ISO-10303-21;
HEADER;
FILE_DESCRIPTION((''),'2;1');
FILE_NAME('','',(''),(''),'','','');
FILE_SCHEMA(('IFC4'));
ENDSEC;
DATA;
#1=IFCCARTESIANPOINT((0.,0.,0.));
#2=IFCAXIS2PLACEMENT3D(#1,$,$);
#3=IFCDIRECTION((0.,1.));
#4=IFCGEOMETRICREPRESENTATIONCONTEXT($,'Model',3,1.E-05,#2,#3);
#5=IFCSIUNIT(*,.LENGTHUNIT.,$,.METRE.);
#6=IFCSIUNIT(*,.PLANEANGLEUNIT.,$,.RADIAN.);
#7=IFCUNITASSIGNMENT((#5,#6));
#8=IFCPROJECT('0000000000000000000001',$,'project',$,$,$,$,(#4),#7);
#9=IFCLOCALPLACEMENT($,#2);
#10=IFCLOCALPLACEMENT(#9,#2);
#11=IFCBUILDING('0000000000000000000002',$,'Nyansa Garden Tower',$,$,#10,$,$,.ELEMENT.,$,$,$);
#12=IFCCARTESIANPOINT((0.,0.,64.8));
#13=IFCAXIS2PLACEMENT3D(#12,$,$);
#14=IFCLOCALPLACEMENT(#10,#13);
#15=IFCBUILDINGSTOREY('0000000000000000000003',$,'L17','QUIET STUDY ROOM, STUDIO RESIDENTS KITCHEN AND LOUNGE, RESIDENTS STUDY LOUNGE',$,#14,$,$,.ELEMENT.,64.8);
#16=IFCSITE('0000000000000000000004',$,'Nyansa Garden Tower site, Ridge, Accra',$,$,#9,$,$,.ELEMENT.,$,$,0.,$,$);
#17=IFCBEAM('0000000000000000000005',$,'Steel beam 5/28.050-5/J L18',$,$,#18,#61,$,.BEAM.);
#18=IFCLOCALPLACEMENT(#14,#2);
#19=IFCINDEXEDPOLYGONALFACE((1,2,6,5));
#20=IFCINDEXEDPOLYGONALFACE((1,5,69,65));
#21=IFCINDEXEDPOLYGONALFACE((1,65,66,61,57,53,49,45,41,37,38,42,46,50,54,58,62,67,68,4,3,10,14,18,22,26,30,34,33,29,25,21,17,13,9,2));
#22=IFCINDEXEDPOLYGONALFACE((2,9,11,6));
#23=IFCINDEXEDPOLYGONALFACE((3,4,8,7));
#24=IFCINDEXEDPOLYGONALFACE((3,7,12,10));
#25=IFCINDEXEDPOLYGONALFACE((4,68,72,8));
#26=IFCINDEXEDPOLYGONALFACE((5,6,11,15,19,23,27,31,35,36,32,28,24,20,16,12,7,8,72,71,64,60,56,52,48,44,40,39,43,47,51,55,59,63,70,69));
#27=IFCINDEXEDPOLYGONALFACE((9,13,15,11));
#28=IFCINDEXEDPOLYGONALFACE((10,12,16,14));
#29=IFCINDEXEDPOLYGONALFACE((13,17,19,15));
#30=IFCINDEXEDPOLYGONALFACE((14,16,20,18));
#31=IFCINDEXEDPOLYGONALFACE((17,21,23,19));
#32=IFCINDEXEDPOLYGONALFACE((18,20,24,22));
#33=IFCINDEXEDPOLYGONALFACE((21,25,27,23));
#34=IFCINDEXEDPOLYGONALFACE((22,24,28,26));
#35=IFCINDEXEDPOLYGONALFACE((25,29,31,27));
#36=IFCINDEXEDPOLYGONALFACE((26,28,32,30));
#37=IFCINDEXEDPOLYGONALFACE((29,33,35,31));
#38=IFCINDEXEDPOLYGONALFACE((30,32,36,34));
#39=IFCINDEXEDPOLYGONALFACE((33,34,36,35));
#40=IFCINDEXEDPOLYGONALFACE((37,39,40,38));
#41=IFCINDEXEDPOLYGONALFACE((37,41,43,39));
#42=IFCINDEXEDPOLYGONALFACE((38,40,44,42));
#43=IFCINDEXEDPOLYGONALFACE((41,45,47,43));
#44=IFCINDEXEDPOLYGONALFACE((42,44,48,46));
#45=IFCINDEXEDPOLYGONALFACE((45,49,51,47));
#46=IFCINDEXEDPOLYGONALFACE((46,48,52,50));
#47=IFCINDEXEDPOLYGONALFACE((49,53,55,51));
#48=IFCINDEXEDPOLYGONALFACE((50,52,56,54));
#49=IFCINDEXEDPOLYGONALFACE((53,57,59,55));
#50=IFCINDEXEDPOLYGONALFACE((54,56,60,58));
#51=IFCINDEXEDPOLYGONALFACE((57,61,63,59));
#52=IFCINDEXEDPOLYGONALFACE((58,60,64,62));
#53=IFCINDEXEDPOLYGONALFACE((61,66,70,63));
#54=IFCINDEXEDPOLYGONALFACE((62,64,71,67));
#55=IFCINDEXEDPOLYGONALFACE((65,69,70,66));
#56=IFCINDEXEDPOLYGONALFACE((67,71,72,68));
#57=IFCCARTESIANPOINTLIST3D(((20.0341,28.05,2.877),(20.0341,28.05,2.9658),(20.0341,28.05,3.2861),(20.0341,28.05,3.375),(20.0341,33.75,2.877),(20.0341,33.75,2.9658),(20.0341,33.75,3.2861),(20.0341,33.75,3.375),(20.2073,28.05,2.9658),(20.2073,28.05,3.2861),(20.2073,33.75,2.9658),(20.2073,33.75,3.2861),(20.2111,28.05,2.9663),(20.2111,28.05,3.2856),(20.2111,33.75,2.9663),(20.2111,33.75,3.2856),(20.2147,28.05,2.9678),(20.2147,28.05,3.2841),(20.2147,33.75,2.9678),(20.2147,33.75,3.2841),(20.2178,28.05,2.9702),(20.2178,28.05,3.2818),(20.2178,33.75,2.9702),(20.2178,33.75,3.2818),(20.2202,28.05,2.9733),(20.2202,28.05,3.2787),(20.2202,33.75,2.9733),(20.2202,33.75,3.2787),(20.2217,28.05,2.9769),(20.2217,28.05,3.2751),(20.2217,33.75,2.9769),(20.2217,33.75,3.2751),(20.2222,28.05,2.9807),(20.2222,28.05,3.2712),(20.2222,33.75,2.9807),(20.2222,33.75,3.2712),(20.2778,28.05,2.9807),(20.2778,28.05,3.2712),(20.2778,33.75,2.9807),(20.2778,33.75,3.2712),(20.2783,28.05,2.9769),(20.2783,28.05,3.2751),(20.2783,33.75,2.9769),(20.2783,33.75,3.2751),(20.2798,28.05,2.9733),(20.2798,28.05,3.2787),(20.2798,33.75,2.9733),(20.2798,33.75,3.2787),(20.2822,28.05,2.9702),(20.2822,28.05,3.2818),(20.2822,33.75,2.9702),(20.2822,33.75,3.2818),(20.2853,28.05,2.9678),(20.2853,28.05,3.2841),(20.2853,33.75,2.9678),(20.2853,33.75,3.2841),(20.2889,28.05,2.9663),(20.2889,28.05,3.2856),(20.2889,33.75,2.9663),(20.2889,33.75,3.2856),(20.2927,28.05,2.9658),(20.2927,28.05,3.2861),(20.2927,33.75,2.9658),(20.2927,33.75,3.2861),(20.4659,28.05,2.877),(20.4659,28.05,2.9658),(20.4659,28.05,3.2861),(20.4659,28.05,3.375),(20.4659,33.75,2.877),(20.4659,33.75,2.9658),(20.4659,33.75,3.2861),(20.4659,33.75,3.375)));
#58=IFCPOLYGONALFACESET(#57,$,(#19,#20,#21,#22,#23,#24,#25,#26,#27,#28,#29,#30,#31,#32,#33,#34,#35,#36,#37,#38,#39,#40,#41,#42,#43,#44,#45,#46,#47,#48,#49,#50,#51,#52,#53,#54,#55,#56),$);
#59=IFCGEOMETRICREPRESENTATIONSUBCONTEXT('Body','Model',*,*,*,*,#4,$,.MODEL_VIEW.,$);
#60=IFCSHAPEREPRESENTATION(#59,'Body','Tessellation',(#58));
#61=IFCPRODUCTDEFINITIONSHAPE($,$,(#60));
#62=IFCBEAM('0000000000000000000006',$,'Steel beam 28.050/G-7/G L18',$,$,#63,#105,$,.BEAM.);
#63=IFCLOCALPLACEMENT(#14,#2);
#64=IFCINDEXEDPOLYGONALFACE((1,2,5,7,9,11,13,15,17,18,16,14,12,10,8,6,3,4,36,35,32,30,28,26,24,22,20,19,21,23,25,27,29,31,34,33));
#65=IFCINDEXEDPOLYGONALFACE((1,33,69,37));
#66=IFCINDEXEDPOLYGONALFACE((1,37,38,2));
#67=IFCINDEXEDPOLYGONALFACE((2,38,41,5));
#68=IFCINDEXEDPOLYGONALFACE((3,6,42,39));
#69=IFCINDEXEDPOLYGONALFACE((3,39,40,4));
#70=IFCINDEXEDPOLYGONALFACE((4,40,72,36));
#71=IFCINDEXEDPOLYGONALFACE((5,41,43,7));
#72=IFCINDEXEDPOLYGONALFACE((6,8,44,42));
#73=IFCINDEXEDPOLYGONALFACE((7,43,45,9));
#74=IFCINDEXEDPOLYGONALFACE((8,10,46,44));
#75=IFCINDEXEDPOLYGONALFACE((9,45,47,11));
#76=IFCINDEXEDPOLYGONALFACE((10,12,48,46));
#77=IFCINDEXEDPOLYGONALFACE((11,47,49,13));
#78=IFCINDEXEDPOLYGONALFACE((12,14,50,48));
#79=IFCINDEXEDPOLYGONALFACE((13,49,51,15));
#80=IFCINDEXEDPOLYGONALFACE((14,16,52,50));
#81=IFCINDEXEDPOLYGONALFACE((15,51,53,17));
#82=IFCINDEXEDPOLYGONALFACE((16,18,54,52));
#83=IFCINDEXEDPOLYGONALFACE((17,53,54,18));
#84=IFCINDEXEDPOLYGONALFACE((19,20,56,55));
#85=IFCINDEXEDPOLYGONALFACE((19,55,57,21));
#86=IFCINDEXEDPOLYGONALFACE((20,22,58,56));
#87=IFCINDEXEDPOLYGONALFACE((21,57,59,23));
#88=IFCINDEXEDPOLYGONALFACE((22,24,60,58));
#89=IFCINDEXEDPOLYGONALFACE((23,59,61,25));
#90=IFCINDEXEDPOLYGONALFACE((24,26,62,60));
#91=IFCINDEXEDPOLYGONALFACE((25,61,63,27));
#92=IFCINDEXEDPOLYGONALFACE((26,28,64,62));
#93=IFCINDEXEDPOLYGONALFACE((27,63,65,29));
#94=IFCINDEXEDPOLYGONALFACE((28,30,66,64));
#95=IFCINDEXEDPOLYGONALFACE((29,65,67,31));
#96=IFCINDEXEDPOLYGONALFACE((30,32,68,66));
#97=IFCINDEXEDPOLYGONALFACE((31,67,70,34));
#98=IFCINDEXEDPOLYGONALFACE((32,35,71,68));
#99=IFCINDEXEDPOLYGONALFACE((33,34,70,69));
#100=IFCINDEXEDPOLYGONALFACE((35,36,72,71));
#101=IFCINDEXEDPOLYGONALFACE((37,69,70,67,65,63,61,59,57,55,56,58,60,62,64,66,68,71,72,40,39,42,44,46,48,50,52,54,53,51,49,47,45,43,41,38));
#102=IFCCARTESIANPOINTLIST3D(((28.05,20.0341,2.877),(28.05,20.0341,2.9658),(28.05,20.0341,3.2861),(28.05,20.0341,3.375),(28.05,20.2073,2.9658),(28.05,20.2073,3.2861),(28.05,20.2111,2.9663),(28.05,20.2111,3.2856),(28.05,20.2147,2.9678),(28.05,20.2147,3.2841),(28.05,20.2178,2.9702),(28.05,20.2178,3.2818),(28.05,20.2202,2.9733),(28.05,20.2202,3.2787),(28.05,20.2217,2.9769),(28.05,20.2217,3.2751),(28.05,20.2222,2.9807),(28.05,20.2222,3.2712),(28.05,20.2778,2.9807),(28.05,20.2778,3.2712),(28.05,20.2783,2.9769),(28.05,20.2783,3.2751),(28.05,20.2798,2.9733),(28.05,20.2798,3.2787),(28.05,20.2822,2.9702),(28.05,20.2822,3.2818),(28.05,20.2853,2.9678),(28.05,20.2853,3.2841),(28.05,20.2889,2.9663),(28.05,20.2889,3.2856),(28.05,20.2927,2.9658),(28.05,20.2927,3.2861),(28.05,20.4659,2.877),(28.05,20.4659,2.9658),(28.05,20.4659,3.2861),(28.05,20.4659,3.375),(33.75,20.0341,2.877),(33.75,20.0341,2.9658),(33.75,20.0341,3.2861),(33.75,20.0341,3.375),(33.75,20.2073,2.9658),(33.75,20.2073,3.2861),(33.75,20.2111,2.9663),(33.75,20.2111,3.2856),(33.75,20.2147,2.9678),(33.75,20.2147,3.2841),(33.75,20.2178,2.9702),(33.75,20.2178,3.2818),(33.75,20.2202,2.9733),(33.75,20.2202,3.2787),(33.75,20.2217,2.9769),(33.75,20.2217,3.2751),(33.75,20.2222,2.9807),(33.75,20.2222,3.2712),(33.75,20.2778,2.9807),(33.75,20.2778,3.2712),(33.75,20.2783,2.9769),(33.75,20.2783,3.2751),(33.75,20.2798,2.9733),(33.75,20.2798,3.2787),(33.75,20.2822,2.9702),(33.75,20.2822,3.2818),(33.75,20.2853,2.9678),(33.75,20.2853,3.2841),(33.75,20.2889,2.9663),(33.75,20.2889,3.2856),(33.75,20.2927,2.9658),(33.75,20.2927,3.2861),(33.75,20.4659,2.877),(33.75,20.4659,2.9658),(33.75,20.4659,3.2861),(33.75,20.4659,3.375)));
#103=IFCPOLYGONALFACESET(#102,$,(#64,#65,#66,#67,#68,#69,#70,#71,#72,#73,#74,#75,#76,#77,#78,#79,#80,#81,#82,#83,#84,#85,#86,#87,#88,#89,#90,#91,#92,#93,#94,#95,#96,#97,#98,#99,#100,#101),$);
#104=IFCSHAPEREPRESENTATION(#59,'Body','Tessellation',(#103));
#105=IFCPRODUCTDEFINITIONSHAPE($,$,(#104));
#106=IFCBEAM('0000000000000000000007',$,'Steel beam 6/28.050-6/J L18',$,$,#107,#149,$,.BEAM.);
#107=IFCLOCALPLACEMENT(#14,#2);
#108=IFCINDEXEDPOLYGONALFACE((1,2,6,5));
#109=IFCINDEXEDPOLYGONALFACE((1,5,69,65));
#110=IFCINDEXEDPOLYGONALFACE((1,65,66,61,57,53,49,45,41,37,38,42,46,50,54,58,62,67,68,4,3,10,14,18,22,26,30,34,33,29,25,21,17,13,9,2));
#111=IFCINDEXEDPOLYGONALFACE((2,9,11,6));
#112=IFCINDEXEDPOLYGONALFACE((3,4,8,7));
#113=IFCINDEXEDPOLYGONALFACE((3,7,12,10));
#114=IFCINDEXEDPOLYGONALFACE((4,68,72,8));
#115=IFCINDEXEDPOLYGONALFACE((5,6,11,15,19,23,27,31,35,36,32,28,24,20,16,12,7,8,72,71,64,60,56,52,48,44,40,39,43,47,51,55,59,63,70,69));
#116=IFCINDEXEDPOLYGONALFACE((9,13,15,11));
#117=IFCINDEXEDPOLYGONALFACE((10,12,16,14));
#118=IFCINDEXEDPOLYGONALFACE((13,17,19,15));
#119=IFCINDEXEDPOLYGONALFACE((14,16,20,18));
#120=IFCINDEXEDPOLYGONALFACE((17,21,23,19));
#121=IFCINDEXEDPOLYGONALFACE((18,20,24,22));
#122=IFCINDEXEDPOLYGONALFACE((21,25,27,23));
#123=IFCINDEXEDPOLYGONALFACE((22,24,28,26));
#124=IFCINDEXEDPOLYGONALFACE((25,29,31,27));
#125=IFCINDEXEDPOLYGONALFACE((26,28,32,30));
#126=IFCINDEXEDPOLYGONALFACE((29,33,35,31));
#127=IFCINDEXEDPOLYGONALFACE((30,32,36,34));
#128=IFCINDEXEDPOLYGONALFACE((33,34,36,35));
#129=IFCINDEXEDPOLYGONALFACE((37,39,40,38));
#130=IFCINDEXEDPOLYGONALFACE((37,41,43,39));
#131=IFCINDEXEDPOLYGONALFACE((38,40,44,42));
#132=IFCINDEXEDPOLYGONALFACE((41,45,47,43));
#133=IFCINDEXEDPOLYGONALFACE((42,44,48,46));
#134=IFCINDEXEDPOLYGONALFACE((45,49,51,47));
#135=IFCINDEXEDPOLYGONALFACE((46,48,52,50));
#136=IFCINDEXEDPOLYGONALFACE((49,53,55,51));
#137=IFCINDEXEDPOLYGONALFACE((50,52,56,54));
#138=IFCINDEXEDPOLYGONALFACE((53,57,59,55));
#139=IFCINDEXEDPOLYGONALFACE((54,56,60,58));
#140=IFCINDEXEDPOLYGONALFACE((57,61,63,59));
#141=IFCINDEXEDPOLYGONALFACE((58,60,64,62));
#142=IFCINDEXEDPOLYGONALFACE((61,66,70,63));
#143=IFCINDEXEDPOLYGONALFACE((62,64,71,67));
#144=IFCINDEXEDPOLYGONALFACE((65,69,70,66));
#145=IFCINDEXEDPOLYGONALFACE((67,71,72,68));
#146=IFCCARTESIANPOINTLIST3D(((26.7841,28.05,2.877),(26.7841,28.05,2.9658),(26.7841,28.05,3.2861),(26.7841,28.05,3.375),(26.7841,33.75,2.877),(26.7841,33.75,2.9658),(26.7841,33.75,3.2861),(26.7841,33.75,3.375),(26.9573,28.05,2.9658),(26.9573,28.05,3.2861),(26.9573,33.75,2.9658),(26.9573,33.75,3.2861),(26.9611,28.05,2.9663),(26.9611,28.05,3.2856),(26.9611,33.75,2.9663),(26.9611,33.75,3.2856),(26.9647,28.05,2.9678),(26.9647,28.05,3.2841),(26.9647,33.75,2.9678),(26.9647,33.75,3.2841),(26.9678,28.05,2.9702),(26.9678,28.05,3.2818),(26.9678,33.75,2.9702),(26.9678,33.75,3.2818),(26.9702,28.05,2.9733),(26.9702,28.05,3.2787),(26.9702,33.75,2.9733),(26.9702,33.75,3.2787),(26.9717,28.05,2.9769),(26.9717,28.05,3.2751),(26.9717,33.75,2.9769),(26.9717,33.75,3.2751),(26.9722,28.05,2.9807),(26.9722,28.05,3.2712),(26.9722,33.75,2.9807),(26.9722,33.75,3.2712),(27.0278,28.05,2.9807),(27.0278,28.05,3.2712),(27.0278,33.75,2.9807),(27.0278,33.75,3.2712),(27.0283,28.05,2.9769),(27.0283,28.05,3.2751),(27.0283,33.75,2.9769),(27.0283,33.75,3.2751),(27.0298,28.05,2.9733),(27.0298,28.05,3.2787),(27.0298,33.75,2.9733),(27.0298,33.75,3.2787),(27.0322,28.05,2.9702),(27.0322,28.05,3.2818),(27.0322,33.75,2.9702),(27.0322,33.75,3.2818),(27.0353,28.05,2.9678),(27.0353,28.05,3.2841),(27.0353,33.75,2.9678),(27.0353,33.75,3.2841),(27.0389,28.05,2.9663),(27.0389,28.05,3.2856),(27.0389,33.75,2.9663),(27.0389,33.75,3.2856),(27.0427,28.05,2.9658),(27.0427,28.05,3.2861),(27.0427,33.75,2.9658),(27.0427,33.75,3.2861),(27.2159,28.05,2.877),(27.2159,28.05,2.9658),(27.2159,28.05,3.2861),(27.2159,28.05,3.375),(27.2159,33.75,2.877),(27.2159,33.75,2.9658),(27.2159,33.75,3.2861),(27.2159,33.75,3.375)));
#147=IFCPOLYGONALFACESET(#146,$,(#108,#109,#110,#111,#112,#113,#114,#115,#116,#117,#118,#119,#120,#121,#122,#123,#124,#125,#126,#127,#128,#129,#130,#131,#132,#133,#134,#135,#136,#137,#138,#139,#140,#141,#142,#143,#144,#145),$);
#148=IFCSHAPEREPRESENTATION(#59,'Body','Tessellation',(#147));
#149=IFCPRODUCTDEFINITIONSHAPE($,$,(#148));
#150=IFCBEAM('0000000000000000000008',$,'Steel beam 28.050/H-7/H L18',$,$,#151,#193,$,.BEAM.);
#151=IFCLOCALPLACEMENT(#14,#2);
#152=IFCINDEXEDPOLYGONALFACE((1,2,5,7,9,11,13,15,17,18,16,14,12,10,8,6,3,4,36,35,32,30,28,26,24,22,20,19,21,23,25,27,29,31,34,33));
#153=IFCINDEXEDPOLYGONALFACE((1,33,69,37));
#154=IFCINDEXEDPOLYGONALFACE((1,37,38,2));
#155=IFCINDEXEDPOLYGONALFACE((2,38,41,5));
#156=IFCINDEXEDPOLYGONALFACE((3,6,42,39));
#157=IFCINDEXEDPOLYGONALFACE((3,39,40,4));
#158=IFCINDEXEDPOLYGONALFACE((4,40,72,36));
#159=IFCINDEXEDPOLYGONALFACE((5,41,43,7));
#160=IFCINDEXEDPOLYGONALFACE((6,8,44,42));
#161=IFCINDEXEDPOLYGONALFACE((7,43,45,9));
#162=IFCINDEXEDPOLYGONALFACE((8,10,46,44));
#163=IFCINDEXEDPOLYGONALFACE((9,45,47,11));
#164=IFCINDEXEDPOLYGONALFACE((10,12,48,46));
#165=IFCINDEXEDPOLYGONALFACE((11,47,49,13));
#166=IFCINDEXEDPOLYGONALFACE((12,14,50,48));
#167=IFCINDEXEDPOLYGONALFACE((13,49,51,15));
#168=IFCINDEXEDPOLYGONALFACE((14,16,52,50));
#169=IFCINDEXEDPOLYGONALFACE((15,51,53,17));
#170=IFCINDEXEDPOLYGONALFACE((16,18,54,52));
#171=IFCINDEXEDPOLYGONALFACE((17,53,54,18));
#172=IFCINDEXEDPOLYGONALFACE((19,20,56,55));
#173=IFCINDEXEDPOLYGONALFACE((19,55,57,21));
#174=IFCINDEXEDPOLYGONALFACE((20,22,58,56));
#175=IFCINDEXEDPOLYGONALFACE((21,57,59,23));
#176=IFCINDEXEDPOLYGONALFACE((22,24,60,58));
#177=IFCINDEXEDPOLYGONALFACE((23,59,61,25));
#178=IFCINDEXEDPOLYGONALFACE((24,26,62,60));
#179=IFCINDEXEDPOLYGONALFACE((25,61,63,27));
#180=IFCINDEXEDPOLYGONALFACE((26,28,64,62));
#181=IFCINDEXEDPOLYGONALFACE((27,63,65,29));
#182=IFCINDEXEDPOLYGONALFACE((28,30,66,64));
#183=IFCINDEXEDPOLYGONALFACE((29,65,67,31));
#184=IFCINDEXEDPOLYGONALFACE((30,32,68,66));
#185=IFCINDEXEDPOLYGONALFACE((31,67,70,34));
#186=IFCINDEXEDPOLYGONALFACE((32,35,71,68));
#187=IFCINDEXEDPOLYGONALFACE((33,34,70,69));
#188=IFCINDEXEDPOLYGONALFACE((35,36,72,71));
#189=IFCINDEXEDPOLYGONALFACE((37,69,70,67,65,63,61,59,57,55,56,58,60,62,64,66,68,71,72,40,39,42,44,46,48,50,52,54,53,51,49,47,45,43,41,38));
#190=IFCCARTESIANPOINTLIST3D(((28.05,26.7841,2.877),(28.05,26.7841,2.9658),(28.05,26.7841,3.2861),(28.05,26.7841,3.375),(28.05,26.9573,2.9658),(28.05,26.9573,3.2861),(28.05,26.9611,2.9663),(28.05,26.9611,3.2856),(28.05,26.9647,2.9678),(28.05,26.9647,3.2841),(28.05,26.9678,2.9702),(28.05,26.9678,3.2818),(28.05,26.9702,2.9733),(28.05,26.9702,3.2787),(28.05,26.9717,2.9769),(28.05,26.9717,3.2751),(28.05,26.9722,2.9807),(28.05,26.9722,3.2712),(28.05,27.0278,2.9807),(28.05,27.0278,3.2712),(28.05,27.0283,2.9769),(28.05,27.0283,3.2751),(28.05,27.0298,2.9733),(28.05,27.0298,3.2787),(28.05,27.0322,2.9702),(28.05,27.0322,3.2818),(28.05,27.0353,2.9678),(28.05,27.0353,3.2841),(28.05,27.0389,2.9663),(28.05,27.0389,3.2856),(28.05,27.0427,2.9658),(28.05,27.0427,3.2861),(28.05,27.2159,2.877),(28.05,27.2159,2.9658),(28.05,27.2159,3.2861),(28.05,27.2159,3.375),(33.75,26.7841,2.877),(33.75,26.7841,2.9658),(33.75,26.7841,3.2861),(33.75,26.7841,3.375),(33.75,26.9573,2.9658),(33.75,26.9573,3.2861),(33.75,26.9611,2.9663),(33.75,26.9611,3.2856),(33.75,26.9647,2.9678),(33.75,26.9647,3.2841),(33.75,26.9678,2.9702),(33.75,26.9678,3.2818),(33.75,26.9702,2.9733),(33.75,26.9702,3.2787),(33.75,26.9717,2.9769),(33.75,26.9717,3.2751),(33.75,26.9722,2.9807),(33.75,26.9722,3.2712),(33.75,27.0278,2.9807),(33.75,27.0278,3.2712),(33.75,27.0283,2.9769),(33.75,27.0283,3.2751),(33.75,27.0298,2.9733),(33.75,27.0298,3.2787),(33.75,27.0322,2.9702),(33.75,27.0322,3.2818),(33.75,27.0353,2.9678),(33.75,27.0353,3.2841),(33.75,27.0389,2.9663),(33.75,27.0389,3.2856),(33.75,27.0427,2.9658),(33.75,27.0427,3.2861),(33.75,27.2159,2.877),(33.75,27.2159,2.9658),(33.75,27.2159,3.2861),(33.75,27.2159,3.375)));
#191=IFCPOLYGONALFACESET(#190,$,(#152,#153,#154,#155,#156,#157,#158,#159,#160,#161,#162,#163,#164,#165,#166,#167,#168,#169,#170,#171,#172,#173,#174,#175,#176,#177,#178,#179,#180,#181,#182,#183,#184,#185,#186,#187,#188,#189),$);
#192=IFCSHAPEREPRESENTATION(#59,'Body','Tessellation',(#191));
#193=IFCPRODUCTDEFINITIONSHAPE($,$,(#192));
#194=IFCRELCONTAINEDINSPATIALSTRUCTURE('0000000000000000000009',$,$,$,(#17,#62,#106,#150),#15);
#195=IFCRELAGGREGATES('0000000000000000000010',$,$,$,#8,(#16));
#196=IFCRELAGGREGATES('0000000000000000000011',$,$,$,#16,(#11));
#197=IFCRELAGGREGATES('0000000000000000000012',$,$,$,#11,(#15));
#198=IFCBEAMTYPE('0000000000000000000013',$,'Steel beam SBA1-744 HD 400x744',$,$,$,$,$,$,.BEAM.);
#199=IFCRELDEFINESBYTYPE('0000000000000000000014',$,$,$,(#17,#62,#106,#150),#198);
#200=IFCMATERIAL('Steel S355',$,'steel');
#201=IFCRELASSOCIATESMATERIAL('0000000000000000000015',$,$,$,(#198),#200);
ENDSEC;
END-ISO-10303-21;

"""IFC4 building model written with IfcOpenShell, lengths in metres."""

from ifc_helpers import new_model, si_unit, direction, frame, origin, origin_2d, place, context, subcontext, project, spatial, i_section, extrude, material, material_profile, profile_set, type_object, element, save


model = new_model("IFC4")

# Units and contexts
model_context = context("Model", 3, precision=1e-05, world=origin(), true_north=direction((0.0, 1.0)))
body_context = subcontext(model_context, "Body", "Model", "MODEL_VIEW")
ifc_project = project(units=[si_unit("LENGTHUNIT", "METRE"), si_unit("PLANEANGLEUNIT", "RADIAN")], contexts=[model_context])

# Site, building, storey
site_placement = place(None, origin())
site = spatial("IfcSite", under=ifc_project, at=site_placement, Name="Nyansa Garden Tower site, Ridge, Accra", CompositionType="ELEMENT", RefElevation=0.0)
building_placement = place(site_placement, origin())
building = spatial("IfcBuilding", under=site, at=building_placement, Name="Nyansa Garden Tower", CompositionType="ELEMENT")
storey_placement = place(building_placement, frame((0.0, 0.0, 64.8)))
storey = spatial("IfcBuildingStorey", under=building, at=storey_placement, Name="L17", Description="QUIET STUDY ROOM, STUDIO RESIDENTS KITCHEN AND LOUNGE, RESIDENTS STUDY LOUNGE", CompositionType="ELEMENT", Elevation=64.8)

# Beams
ifc_material_1 = material(Name="Steel S355", Category="steel")
ifc_material_profile_1 = material_profile(ifc_material_1, i_section(OverallWidth=0.4319, OverallDepth=0.498, WebThickness=0.0557, FlangeThickness=0.0889, FilletRadius=0.0149, at=origin_2d()), Name="HD 400x744")
ifc_profile_set_1 = profile_set([ifc_material_profile_1], Name="Steel S355")
beam_type_1 = type_object("IfcBeamType", Name="Steel beam SBA1-744 HD 400x744", PredefinedType="BEAM", material=ifc_profile_set_1)
for number, where, z_axis, x_axis, name in (
    (1, (20.25, 28.05, 3.126), (0.0, 1.0, 0.0), (-1.0, 0.0, 0.0), "Steel beam 5/28.050-5/J L18"),
    (2, (28.05, 20.25, 3.126), (1.0, 0.0, 0.0), (0.0, 1.0, 0.0), "Steel beam 28.050/G-7/G L18"),
    (3, (27.0, 28.05, 3.126), (0.0, 1.0, 0.0), (-1.0, 0.0, 0.0), "Steel beam 6/28.050-6/J L18"),
    (4, (28.05, 27.0, 3.126), (1.0, 0.0, 0.0), (0.0, 1.0, 0.0), "Steel beam 28.050/H-7/H L18"),
):
    element("IfcBeam", number, at=place(storey_placement, frame(where, z_axis=z_axis, x_axis=x_axis)), inside=storey, type_object=beam_type_1, Name=name, PredefinedType="BEAM", context=body_context, shape_type="SweptSolid", body=[
        extrude(i_section(OverallWidth=0.4319, OverallDepth=0.498, WebThickness=0.0557, FlangeThickness=0.0889, FilletRadius=0.0149, at=origin_2d()), origin(), (0.0, 0.0, 1.0), 5.7),
    ])

save(model, "model.ifc")
